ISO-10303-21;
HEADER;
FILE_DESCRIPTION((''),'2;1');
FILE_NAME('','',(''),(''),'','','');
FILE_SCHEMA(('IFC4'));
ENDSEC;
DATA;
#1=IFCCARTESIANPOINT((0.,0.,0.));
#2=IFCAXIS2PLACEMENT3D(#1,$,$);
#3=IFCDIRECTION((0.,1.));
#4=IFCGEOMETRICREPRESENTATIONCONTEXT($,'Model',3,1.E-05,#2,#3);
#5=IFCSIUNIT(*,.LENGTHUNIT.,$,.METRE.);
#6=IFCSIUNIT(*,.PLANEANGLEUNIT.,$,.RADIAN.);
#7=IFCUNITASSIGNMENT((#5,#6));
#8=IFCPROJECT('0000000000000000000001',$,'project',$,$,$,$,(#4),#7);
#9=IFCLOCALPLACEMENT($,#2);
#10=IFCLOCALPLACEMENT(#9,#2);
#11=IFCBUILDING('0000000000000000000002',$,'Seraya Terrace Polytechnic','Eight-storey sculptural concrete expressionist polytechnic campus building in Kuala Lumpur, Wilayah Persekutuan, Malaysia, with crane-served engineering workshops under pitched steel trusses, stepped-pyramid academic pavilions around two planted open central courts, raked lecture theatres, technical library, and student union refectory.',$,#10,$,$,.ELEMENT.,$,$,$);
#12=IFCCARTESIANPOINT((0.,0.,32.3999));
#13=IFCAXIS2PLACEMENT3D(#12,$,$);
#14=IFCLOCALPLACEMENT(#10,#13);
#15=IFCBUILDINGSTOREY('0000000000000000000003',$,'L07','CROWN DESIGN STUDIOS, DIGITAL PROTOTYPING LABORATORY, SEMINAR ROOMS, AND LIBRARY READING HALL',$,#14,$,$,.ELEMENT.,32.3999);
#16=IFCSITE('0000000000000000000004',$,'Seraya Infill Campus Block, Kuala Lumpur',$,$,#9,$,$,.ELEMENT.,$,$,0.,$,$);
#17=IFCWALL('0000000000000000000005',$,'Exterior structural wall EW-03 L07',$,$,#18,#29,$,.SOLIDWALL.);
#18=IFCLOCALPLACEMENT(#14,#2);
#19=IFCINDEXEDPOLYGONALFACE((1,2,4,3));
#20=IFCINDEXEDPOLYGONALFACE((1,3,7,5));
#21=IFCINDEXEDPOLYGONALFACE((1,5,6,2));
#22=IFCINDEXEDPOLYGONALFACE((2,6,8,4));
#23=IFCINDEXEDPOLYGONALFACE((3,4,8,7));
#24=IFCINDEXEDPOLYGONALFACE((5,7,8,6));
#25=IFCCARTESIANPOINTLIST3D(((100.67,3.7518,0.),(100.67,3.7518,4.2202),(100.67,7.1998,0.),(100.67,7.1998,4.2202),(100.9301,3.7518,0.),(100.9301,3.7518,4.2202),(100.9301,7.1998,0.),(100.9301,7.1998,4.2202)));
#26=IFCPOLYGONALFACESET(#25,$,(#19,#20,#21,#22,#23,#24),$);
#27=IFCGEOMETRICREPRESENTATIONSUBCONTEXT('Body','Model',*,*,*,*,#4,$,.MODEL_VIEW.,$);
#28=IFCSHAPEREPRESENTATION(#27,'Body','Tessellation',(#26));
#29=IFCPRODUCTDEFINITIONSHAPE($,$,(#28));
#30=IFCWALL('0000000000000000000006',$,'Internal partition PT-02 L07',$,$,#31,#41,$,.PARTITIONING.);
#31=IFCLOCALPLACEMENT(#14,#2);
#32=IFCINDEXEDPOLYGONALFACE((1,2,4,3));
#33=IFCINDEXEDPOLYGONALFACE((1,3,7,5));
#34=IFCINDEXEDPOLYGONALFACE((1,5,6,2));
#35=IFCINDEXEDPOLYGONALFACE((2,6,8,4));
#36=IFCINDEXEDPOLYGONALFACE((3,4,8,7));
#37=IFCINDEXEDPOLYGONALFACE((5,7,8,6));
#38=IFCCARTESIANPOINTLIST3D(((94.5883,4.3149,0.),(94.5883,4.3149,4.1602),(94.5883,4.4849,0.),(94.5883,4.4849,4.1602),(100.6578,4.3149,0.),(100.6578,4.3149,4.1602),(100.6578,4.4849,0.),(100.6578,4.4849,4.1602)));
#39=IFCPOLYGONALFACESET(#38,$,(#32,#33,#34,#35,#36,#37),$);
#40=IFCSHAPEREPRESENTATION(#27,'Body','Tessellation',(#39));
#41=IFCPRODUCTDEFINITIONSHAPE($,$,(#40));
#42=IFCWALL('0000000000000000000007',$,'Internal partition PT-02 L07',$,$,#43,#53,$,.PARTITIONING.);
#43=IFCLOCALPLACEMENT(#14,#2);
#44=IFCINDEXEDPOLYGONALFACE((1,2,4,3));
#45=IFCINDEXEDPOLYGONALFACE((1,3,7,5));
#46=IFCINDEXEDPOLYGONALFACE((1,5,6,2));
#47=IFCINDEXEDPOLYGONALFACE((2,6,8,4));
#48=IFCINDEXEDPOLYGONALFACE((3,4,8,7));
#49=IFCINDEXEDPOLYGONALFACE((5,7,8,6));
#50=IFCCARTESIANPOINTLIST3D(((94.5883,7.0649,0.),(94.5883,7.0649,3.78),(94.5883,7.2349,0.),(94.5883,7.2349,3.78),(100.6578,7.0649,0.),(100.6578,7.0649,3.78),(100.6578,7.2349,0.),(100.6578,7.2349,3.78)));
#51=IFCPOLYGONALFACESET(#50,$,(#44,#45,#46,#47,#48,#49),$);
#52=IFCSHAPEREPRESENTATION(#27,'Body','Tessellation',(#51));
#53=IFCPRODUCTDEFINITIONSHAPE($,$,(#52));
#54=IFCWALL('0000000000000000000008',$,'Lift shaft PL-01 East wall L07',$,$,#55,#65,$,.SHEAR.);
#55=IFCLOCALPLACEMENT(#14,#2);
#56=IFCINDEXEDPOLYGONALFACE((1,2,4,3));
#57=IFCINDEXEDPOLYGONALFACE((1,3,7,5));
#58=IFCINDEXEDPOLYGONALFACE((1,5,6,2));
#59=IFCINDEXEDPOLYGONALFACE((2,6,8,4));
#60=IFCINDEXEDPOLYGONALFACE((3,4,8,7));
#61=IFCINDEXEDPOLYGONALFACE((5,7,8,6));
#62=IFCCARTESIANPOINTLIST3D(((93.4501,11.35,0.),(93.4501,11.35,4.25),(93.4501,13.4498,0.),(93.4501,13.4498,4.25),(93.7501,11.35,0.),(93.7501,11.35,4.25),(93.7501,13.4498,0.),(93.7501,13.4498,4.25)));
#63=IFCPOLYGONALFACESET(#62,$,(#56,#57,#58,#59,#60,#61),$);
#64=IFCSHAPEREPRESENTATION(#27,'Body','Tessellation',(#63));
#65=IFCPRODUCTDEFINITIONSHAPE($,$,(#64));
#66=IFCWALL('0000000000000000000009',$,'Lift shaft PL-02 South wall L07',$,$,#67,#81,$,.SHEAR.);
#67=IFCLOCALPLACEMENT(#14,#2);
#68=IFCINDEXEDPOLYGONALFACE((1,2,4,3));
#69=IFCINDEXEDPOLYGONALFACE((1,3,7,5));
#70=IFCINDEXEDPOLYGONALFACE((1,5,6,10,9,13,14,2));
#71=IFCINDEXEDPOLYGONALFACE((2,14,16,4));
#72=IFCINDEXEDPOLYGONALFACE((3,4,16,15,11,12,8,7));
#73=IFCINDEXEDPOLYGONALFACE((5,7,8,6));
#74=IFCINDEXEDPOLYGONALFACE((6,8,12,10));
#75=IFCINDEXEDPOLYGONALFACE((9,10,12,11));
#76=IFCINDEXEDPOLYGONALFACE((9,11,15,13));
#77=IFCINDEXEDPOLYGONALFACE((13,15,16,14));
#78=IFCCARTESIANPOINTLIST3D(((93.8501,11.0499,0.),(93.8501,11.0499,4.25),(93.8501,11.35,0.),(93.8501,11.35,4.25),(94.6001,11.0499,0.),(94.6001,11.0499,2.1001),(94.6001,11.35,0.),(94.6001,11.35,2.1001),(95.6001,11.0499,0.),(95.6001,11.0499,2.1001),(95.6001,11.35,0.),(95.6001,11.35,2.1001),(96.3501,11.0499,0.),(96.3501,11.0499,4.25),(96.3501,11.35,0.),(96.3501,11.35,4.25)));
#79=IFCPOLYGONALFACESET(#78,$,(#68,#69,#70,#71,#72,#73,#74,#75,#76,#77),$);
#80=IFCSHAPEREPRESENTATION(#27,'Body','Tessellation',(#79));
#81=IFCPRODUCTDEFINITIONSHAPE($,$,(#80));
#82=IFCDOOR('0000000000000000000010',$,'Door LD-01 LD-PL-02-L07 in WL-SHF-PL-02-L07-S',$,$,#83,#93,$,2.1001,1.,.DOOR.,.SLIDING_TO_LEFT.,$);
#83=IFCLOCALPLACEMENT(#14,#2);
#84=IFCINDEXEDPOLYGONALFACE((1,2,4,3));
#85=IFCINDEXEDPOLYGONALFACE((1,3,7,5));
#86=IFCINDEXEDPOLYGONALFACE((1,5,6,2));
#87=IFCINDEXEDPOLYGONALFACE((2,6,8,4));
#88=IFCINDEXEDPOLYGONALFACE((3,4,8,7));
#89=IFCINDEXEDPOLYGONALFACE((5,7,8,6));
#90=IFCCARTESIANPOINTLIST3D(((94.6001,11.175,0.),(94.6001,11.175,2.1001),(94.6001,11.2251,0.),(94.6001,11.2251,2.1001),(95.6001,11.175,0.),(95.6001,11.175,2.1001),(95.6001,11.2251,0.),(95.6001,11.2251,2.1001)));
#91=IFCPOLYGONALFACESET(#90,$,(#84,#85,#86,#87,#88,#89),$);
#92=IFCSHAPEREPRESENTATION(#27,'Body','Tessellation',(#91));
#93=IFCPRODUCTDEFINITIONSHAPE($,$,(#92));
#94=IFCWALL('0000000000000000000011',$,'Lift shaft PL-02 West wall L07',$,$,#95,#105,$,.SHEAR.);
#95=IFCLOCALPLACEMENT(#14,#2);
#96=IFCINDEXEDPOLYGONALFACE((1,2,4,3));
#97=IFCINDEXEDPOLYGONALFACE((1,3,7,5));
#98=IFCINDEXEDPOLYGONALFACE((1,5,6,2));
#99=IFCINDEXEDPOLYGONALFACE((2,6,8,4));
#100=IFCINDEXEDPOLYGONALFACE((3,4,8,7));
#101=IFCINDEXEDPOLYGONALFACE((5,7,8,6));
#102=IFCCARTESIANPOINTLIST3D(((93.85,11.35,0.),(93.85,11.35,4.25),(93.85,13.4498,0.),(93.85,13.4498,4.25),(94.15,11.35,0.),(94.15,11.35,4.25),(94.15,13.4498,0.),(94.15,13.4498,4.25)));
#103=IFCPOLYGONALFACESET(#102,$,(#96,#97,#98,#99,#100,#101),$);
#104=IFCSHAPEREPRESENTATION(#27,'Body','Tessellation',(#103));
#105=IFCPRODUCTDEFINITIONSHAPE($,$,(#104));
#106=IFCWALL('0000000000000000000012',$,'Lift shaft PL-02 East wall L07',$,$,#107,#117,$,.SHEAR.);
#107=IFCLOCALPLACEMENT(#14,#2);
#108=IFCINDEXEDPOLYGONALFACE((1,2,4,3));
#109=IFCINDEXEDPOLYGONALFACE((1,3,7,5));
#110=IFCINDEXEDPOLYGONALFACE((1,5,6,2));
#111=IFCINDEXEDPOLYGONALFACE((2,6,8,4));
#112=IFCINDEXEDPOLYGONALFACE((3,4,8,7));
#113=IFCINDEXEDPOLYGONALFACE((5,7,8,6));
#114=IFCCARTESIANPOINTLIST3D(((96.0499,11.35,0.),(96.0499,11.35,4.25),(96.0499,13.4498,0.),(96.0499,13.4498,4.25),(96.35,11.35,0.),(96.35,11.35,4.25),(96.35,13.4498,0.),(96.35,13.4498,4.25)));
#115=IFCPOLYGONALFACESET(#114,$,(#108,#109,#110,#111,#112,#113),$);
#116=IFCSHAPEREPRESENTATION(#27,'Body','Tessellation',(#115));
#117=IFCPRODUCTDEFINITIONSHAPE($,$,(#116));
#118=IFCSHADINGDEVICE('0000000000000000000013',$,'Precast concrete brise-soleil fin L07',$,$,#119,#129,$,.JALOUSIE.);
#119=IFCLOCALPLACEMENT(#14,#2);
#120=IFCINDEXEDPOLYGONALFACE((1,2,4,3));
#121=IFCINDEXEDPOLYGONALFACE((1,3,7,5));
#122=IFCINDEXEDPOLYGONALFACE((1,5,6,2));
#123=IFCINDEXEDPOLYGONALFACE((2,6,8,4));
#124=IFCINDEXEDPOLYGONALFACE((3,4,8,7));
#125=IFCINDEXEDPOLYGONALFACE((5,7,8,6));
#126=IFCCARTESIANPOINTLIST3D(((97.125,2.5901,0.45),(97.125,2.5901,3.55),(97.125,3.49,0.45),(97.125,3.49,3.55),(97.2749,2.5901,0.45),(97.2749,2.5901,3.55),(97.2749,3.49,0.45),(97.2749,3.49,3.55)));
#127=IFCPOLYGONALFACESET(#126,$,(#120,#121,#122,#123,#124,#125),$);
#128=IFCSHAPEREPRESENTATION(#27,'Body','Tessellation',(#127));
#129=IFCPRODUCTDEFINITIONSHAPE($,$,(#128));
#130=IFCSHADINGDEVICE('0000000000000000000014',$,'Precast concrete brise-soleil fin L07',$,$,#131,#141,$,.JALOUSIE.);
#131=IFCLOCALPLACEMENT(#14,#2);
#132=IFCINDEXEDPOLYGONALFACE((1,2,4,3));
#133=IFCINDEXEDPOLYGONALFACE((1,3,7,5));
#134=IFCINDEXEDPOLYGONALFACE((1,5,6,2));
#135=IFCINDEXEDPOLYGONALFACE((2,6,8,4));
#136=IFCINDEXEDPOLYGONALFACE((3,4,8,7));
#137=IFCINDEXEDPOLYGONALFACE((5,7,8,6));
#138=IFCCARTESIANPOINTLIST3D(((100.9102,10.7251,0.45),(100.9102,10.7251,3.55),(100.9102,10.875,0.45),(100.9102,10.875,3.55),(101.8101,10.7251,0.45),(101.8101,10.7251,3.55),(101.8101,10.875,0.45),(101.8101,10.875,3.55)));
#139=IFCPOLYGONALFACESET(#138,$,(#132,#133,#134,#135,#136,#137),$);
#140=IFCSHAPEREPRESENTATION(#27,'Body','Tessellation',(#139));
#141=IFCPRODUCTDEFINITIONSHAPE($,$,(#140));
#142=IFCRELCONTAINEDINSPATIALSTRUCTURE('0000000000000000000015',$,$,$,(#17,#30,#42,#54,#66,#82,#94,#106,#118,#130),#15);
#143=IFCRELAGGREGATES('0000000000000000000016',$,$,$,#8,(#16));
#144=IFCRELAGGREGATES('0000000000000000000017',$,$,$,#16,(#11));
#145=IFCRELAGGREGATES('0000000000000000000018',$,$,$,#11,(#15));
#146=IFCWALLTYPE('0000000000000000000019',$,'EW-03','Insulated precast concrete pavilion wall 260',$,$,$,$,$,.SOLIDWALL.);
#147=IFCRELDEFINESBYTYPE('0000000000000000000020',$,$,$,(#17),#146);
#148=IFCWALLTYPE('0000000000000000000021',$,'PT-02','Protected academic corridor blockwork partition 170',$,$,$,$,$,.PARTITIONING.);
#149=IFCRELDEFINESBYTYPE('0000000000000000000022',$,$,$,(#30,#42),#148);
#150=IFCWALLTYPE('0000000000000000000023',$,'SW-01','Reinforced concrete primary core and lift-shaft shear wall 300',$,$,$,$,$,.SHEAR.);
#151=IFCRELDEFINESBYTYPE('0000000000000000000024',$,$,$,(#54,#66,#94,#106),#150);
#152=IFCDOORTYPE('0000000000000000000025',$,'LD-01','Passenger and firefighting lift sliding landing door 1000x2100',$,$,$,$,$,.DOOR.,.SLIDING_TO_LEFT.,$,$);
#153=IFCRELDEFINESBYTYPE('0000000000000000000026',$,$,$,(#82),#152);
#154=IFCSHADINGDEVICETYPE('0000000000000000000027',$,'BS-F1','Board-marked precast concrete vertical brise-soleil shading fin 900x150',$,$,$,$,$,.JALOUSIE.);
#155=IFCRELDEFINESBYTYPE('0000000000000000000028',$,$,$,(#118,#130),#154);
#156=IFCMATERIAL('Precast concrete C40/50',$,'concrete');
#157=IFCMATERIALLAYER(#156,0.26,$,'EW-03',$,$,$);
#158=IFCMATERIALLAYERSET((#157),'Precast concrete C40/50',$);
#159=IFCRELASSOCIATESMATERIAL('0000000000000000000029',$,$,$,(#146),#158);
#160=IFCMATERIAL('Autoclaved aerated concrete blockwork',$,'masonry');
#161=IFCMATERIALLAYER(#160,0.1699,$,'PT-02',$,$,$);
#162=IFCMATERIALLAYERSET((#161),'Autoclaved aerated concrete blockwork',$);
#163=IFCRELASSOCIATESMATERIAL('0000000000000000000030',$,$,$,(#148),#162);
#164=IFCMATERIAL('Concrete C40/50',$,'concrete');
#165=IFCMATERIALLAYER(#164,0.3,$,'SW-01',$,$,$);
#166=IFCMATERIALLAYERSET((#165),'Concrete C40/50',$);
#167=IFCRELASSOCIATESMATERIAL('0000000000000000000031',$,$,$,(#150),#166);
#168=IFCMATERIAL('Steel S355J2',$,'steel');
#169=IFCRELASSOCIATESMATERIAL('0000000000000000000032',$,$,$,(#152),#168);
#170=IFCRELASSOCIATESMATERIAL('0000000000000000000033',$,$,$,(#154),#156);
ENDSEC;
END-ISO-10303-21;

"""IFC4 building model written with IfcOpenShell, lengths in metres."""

from ifc_helpers import new_model, si_unit, direction, frame, frame_2d, origin, origin_2d, place, context, subcontext, project, spatial, rectangle, extrude, material, layer, layer_set, type_object, element, fill, save


model = new_model("IFC4")

# Units and contexts
model_context = context("Model", 3, precision=1e-05, world=origin(), true_north=direction((0.0, 1.0)))
body_context = subcontext(model_context, "Body", "Model", "MODEL_VIEW")
ifc_project = project(units=[si_unit("LENGTHUNIT", "METRE"), si_unit("PLANEANGLEUNIT", "RADIAN")], contexts=[model_context])

# Site, building, storey
site_placement = place(None, origin())
site = spatial("IfcSite", under=ifc_project, at=site_placement, Name="Seraya Infill Campus Block, Kuala Lumpur", CompositionType="ELEMENT", RefElevation=0.0)
building_placement = place(site_placement, origin())
building = spatial("IfcBuilding", under=site, at=building_placement, Name="Seraya Terrace Polytechnic", Description="Eight-storey sculptural concrete expressionist polytechnic campus building in Kuala Lumpur, Wilayah Persekutuan, Malaysia, with crane-served engineering workshops under pitched steel trusses, stepped-pyramid academic pavilions around two planted open central courts, raked lecture theatres, technical library, and student union refectory.", CompositionType="ELEMENT")
storey_placement = place(building_placement, frame((0.0, 0.0, 32.3999)))
storey = spatial("IfcBuildingStorey", under=building, at=storey_placement, Name="L07", Description="CROWN DESIGN STUDIOS, DIGITAL PROTOTYPING LABORATORY, SEMINAR ROOMS, AND LIBRARY READING HALL", CompositionType="ELEMENT", Elevation=32.3999)

# Shared definitions
ifc_material_1 = material(Name="Concrete C40/50", Category="concrete")

# Shared definitions
ifc_material_2 = material(Name="Precast concrete C40/50", Category="concrete")
ifc_layer_1 = layer(ifc_material_2, 0.26, Name="EW-03")
ifc_layer_set_1 = layer_set([ifc_layer_1], Name="Precast concrete C40/50")
wall_type_1 = type_object("IfcWallType", Name="EW-03", Description="Insulated precast concrete pavilion wall 260", PredefinedType="SOLIDWALL", material=ifc_layer_set_1)

# Walls
wall_1_placement = place(storey_placement, frame((100.8, 7.2, 0.0), z_axis=(0.0, 0.0, 1.0), x_axis=(0.0, -1.0, 0.0)))
element("IfcWall", 1, at=wall_1_placement, inside=storey, type_object=wall_type_1, Name="Exterior structural wall EW-03 L07", PredefinedType="SOLIDWALL", context=body_context, shape_type="SweptSolid", body=[
    extrude(rectangle(XDim=3.448, YDim=0.26, at=frame_2d((1.7241, 0.0))), origin(), (0.0, 0.0, 1.0), 4.2202),
])
ifc_material_3 = material(Name="Autoclaved aerated concrete blockwork", Category="masonry")
ifc_layer_2 = layer(ifc_material_3, 0.1699, Name="PT-02")
ifc_layer_set_2 = layer_set([ifc_layer_2], Name="Autoclaved aerated concrete blockwork")
wall_type_2 = type_object("IfcWallType", Name="PT-02", Description="Protected academic corridor blockwork partition 170", PredefinedType="PARTITIONING", material=ifc_layer_set_2)
wall_2_placement = place(storey_placement, frame((94.5884, 4.3999, 0.0), z_axis=(0.0, 0.0, 1.0), x_axis=(1.0, 0.0, 0.0)))
element("IfcWall", 2, at=wall_2_placement, inside=storey, type_object=wall_type_2, Name="Internal partition PT-02 L07", PredefinedType="PARTITIONING", context=body_context, shape_type="SweptSolid", body=[
    extrude(rectangle(XDim=6.0696, YDim=0.1699, at=frame_2d((3.0347, 0.0))), origin(), (0.0, 0.0, 1.0), 4.1602),
])
wall_3_placement = place(storey_placement, frame((94.5884, 7.1499, 0.0), z_axis=(0.0, 0.0, 1.0), x_axis=(1.0, 0.0, 0.0)))
element("IfcWall", 3, at=wall_3_placement, inside=storey, type_object=wall_type_2, Name="Internal partition PT-02 L07", PredefinedType="PARTITIONING", context=body_context, shape_type="SweptSolid", body=[
    extrude(rectangle(XDim=6.0696, YDim=0.1699, at=frame_2d((3.0347, 0.0))), origin(), (0.0, 0.0, 1.0), 3.78),
])
ifc_layer_3 = layer(ifc_material_1, 0.3, Name="SW-01")
ifc_layer_set_3 = layer_set([ifc_layer_3], Name="Concrete C40/50")
wall_type_3 = type_object("IfcWallType", Name="SW-01", Description="Reinforced concrete primary core and lift-shaft shear wall 300", PredefinedType="SHEAR", material=ifc_layer_set_3)
wall_4_placement = place(storey_placement, frame((93.6001, 11.3501, 0.0), z_axis=(0.0, 0.0, 1.0), x_axis=(0.0, 1.0, 0.0)))
element("IfcWall", 4, at=wall_4_placement, inside=storey, type_object=wall_type_3, Name="Lift shaft PL-01 East wall L07", PredefinedType="SHEAR", context=body_context, shape_type="SweptSolid", body=[
    extrude(rectangle(XDim=2.0999, YDim=0.3, at=frame_2d((1.0498, 0.0))), origin(), (0.0, 0.0, 1.0), 4.25),
])

# Wall, opening, door
wall_5_placement = place(storey_placement, frame((93.8501, 11.2, 0.0), z_axis=(0.0, 0.0, 1.0), x_axis=(1.0, 0.0, 0.0)))
wall_5 = element("IfcWall", 5, at=wall_5_placement, inside=storey, type_object=wall_type_3, Name="Lift shaft PL-02 South wall L07", PredefinedType="SHEAR", context=body_context, shape_type="SweptSolid", body=[
    extrude(rectangle(XDim=2.5, YDim=0.3, at=frame_2d((1.25, 0.0))), origin(), (0.0, 0.0, 1.0), 4.25),
])
opening_1_placement = place(wall_5_placement, frame((0.75, 0.0, 0.0)))
opening_1 = element("IfcOpeningElement", 6, at=opening_1_placement, cuts=wall_5, PredefinedType="OPENING", context=body_context, shape_type="SweptSolid", body=[
    extrude(rectangle(XDim=1.0, YDim=2.1001, at=frame_2d((0.5, 1.05))), frame((0.0, 0.1621, 0.0), z_axis=(0.0, -1.0, 0.0), x_axis=(1.0, 0.0, 0.0)), (0.0, 0.0, 1.0), 0.324),
])
ifc_material_4 = material(Name="Steel S355J2", Category="steel")
door_type = type_object("IfcDoorType", Name="LD-01", Description="Passenger and firefighting lift sliding landing door 1000x2100", OperationType="SLIDING_TO_LEFT", PredefinedType="DOOR", material=ifc_material_4)
door_placement = place(opening_1_placement, frame((1.0, 0.0, 0.0), z_axis=(0.0, 0.0, 1.0), x_axis=(-1.0, 0.0, 0.0)))
door = element("IfcDoor", 7, at=door_placement, inside=storey, type_object=door_type, Name="Door LD-01 LD-PL-02-L07 in WL-SHF-PL-02-L07-S", OperationType="SLIDING_TO_LEFT", OverallHeight=2.1001, OverallWidth=1.0, PredefinedType="DOOR", context=body_context, shape_type="SweptSolid", body=[
    extrude(rectangle(XDim=1.0, YDim=2.1001, at=frame_2d((0.5, 1.05))), frame((0.0, 0.0249, 0.0), z_axis=(0.0, -1.0, 0.0), x_axis=(1.0, 0.0, 0.0)), (0.0, 0.0, 1.0), 0.05),
])
fill(opening_1, door)

# Walls
for number, where, z_axis, x_axis, name in (
    (8, (94.0, 11.3501, 0.0), (0.0, 0.0, 1.0), (0.0, 1.0, 0.0), "Lift shaft PL-02 West wall L07"),
    (9, (96.2, 11.3501, 0.0), (0.0, 0.0, 1.0), (0.0, 1.0, 0.0), "Lift shaft PL-02 East wall L07"),
):
    element("IfcWall", number, at=place(storey_placement, frame(where, z_axis=z_axis, x_axis=x_axis)), inside=storey, type_object=wall_type_3, Name=name, PredefinedType="SHEAR", context=body_context, shape_type="SweptSolid", body=[
        extrude(rectangle(XDim=2.0999, YDim=0.3, at=frame_2d((1.0498, 0.0))), origin(), (0.0, 0.0, 1.0), 4.25),
    ])

# Shading devices
shading_device_type = type_object("IfcShadingDeviceType", Name="BS-F1", Description="Board-marked precast concrete vertical brise-soleil shading fin 900x150", PredefinedType="JALOUSIE", material=ifc_material_2)
for number, where, z_axis, x_axis, name in (
    (10, (97.2, 3.04, 0.45), (0.0, 0.0, 1.0), (0.0, -1.0, 0.0), "Precast concrete brise-soleil fin L07"),
    (11, (101.3601, 10.8, 0.45), (0.0, 0.0, 1.0), (1.0, 0.0, 0.0), "Precast concrete brise-soleil fin L07"),
):
    element("IfcShadingDevice", number, at=place(storey_placement, frame(where, z_axis=z_axis, x_axis=x_axis)), inside=storey, type_object=shading_device_type, Name=name, PredefinedType="JALOUSIE", context=body_context, shape_type="SweptSolid", body=[
        extrude(rectangle(XDim=0.8999, YDim=0.1499, at=origin_2d()), origin(), (0.0, 0.0, 1.0), 3.1001),
    ])

save(model, "model.ifc")
